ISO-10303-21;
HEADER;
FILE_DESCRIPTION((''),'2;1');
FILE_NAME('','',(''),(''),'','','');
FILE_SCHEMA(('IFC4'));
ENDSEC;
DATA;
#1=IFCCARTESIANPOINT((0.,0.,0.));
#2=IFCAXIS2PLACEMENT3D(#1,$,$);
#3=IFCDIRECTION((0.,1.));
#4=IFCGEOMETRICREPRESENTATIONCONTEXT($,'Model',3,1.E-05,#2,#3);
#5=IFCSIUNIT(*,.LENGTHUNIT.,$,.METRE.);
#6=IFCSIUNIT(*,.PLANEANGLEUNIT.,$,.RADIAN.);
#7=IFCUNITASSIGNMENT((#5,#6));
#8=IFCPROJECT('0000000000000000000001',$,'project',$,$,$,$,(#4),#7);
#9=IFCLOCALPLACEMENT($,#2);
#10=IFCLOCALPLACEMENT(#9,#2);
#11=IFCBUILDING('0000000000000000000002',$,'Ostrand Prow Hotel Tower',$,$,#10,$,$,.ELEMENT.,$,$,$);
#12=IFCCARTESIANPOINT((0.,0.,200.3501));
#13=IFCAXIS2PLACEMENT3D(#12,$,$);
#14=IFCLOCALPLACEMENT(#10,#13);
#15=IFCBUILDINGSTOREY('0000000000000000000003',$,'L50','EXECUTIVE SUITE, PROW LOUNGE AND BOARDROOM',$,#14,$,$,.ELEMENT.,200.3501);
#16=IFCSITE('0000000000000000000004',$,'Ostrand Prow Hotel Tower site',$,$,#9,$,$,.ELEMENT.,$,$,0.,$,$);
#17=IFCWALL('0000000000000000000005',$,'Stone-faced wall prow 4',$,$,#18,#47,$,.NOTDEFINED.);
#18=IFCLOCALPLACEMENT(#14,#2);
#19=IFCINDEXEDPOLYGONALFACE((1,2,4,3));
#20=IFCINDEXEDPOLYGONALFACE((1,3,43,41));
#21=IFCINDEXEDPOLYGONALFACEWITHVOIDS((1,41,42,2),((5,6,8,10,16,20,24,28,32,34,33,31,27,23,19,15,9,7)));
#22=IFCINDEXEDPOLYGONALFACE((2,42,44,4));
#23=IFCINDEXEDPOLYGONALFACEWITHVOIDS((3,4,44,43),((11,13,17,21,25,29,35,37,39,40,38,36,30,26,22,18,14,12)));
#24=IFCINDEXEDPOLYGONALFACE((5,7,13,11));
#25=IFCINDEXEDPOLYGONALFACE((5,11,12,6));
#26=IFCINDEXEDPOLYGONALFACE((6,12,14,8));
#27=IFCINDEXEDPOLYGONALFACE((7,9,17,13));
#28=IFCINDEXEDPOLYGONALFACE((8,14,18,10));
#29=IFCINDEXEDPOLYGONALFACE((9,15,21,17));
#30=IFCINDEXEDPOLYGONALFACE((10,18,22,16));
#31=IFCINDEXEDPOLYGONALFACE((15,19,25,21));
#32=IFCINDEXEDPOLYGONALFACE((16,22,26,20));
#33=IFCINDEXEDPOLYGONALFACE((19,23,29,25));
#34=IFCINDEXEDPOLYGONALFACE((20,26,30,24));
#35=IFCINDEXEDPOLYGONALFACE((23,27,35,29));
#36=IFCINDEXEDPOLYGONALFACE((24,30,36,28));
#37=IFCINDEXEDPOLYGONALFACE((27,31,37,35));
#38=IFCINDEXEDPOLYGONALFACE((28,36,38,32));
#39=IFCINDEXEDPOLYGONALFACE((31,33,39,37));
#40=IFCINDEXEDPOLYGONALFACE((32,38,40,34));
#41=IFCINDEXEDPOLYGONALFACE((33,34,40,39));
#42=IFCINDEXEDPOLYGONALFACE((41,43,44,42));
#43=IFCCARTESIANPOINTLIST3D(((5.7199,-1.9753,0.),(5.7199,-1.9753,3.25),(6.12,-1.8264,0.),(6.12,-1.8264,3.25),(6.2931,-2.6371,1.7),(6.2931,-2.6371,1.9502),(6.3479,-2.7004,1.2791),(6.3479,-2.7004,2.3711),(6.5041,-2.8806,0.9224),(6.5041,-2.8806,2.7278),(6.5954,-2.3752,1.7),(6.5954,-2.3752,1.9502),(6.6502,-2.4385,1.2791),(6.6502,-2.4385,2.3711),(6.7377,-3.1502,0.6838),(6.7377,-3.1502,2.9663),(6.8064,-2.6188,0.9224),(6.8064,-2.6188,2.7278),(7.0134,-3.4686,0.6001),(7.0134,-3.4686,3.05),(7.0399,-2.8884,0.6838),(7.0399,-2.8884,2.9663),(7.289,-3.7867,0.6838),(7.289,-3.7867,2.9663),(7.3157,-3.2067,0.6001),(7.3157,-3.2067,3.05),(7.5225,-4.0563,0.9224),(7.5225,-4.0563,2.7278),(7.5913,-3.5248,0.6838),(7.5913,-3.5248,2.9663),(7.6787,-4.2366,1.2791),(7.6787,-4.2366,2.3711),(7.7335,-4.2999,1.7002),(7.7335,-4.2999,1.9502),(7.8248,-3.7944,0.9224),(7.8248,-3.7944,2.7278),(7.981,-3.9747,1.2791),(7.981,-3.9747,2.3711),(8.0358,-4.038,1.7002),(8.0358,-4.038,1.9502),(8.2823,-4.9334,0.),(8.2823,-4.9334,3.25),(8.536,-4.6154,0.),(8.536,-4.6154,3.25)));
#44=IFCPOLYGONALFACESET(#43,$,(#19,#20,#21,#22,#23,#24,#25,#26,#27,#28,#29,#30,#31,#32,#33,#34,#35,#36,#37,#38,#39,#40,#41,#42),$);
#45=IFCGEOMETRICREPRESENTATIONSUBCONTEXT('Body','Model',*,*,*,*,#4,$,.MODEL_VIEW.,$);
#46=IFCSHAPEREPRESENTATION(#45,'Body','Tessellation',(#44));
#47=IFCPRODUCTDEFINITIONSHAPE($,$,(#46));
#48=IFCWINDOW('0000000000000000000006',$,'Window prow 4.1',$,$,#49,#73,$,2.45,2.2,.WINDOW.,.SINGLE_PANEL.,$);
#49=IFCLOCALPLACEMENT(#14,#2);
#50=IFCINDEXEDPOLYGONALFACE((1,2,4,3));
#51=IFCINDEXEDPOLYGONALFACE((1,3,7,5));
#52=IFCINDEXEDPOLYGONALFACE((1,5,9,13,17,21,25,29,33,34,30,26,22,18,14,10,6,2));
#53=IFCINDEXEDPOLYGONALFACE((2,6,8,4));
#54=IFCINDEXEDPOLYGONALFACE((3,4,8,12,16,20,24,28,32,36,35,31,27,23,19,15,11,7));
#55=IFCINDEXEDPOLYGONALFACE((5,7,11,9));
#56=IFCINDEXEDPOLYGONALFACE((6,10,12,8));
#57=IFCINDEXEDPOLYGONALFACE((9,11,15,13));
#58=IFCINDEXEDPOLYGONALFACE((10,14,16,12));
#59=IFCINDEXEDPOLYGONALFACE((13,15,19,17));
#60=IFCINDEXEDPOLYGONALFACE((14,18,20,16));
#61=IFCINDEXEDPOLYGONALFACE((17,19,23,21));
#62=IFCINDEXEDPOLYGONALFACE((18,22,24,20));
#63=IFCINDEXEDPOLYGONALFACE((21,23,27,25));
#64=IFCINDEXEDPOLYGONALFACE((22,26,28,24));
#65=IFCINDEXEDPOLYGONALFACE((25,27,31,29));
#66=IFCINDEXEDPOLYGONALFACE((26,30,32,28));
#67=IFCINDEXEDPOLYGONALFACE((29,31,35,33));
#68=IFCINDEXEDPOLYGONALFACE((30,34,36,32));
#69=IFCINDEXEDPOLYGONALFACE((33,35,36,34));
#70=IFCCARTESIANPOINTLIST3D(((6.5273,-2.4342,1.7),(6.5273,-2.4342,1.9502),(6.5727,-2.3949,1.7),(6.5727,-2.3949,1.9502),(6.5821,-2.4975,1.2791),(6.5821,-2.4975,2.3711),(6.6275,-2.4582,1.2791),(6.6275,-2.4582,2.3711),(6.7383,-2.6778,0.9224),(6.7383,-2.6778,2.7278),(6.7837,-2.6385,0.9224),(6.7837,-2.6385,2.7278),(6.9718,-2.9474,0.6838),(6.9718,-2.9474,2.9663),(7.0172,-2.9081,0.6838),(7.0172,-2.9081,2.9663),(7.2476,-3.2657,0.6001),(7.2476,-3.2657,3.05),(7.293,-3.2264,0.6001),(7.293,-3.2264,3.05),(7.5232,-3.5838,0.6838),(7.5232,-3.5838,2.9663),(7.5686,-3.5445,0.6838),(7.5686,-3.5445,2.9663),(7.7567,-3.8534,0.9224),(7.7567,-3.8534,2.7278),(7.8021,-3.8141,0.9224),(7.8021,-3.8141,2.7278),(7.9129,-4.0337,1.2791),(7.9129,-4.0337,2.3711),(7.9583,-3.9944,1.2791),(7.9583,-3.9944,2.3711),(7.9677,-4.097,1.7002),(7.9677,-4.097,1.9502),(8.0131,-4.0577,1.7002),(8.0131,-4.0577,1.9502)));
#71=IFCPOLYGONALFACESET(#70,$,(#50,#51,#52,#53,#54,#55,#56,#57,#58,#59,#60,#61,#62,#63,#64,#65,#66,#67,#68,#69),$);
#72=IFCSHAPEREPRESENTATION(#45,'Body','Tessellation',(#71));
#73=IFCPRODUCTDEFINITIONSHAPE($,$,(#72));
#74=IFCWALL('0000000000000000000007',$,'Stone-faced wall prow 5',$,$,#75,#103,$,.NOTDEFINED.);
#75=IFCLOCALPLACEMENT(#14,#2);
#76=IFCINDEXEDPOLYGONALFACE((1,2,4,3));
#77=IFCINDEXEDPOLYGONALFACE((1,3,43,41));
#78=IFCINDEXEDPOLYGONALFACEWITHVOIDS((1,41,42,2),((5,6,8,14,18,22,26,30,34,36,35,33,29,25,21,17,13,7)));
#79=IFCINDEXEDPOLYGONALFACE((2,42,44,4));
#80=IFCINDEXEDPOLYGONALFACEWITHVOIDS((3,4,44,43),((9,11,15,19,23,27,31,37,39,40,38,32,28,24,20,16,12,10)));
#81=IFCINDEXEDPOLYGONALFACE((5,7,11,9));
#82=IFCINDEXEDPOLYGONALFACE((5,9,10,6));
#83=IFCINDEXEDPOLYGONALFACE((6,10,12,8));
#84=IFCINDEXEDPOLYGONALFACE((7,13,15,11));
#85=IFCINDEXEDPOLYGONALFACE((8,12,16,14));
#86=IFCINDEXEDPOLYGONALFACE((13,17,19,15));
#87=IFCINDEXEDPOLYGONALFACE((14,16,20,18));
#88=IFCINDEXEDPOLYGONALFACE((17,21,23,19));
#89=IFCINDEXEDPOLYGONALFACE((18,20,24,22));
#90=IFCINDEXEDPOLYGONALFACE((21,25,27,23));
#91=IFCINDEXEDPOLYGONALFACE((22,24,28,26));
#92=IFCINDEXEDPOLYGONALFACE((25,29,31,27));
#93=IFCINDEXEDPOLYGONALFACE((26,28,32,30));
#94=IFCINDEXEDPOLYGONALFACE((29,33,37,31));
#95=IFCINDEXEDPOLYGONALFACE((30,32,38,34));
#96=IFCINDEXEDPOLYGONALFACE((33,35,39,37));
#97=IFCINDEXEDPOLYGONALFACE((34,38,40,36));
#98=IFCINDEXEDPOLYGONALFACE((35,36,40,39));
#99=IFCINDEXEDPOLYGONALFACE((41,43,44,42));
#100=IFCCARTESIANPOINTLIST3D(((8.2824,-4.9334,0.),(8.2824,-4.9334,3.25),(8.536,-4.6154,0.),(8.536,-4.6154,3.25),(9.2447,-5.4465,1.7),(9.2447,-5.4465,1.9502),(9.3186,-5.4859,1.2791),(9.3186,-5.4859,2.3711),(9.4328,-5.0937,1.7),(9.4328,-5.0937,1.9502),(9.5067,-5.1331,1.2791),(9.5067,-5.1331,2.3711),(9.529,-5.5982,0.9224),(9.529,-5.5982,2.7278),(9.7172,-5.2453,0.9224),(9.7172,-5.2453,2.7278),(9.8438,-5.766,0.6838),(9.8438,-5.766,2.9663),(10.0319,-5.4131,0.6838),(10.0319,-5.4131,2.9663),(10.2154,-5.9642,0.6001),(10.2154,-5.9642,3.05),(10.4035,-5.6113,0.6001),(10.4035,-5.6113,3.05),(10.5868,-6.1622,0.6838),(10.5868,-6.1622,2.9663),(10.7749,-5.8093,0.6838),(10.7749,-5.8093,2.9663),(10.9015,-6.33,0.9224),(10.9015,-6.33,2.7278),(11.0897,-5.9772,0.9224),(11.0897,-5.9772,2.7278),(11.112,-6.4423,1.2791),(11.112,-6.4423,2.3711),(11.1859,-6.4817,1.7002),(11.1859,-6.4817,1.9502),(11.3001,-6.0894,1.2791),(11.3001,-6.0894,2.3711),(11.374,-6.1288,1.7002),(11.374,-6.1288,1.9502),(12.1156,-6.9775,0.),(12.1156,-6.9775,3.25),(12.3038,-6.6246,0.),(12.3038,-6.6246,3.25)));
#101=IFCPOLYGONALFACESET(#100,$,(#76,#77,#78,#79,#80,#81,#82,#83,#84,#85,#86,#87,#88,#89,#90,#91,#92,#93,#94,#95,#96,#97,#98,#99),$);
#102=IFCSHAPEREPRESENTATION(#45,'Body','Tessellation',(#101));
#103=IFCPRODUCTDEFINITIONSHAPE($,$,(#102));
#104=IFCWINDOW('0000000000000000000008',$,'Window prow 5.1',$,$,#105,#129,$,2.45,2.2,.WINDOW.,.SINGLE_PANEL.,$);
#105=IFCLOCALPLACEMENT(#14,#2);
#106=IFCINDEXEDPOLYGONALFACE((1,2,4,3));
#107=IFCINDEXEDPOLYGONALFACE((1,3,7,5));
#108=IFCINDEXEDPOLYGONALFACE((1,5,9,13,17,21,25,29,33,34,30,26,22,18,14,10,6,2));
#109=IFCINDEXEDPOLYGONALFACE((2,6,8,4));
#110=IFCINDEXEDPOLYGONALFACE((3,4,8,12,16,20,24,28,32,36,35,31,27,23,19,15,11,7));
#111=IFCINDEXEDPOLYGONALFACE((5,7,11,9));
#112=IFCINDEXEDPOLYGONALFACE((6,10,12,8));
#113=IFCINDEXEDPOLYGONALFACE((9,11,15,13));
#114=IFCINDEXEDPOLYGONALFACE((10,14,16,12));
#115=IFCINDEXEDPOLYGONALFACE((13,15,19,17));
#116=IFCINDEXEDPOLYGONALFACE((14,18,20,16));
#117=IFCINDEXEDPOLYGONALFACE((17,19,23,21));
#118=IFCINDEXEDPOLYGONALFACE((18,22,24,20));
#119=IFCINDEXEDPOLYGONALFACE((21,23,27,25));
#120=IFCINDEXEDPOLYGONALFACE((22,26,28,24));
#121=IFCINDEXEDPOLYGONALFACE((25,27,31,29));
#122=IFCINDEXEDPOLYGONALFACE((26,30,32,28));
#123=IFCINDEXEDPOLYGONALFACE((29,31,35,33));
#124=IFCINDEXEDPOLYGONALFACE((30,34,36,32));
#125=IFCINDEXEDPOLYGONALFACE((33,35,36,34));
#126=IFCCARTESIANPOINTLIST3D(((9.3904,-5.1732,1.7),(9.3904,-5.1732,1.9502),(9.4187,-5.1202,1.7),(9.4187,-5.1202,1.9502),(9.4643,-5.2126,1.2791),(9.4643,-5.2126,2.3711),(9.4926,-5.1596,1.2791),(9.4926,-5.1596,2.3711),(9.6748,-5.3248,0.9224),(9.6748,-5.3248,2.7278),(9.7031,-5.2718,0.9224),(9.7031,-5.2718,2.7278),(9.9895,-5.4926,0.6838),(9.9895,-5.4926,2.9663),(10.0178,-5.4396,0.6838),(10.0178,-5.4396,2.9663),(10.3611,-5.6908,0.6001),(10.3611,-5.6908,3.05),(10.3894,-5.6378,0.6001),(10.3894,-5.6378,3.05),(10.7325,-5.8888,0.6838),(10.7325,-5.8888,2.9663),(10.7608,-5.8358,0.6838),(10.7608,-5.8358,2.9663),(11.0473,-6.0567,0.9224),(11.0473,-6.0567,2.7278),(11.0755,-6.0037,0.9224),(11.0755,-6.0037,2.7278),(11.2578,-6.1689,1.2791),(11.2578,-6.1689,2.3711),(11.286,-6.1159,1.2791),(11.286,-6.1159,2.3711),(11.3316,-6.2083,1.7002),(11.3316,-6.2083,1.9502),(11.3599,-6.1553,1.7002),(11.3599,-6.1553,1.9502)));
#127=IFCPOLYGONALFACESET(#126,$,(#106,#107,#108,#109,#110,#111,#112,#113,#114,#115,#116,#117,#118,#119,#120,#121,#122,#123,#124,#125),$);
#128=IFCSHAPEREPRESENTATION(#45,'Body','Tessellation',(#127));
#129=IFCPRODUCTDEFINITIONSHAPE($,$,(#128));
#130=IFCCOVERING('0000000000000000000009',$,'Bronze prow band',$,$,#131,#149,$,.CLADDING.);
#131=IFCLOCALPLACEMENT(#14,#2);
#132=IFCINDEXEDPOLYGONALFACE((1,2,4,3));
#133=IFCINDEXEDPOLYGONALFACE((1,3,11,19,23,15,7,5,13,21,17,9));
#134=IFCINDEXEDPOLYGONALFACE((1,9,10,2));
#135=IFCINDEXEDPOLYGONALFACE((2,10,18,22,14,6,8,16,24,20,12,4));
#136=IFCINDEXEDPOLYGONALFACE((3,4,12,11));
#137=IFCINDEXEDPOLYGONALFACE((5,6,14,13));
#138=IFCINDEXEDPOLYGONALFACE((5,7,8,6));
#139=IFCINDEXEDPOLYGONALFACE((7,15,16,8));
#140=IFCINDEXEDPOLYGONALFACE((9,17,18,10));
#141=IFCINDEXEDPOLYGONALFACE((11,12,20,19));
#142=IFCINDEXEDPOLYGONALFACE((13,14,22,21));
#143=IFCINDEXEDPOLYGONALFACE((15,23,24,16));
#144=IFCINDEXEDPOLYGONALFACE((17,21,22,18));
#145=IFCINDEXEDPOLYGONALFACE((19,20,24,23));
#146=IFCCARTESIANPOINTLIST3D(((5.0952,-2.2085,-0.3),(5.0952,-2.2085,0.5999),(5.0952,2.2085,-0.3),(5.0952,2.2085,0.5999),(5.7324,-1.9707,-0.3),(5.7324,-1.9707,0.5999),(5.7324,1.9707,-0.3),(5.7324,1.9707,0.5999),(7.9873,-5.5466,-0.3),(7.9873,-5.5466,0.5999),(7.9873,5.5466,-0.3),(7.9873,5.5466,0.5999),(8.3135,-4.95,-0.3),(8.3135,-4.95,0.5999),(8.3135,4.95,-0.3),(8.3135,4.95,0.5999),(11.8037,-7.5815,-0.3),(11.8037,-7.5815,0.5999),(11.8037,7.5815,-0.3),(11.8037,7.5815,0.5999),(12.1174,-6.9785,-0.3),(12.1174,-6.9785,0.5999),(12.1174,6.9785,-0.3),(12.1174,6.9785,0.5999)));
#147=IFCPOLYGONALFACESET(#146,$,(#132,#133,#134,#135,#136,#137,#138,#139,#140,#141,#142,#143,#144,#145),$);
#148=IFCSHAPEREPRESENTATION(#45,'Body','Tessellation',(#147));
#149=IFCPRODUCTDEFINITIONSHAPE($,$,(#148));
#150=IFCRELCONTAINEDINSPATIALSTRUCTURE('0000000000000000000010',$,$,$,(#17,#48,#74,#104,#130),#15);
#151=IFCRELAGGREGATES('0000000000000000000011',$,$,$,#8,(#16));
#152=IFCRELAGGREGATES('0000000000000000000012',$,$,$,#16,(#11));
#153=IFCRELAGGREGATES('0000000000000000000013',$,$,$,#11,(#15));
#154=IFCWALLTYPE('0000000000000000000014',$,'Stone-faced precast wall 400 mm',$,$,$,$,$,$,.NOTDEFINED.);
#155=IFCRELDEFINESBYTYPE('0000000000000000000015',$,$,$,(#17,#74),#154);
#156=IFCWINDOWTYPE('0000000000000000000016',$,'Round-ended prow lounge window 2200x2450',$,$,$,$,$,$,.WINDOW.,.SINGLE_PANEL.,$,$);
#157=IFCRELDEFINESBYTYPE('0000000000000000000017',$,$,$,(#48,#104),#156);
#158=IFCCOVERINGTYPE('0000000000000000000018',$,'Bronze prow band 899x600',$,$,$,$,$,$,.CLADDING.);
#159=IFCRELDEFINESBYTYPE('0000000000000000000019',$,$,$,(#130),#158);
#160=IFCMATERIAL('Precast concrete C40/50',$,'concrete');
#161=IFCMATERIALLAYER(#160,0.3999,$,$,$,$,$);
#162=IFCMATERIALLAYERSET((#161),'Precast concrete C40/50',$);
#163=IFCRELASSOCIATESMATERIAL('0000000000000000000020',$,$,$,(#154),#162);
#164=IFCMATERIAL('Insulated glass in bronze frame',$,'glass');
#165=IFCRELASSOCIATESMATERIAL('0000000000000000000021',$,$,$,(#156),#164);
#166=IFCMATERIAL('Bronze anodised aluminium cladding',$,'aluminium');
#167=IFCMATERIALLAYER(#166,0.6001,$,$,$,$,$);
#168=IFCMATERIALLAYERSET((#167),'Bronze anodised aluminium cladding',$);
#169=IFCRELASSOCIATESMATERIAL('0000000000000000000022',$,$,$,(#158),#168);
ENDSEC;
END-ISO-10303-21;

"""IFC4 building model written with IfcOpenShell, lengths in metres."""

from ifc_helpers import new_model, si_unit, direction, frame, origin, place, context, subcontext, project, spatial, polyline, outline, extrude, material, layer, layer_set, type_object, element, fill, save


model = new_model("IFC4")

# Units and contexts
model_context = context("Model", 3, precision=1e-05, world=origin(), true_north=direction((0.0, 1.0)))
body_context = subcontext(model_context, "Body", "Model", "MODEL_VIEW")
ifc_project = project(units=[si_unit("LENGTHUNIT", "METRE"), si_unit("PLANEANGLEUNIT", "RADIAN")], contexts=[model_context])

# Site, building, storey
site_placement = place(None, origin())
site = spatial("IfcSite", under=ifc_project, at=site_placement, Name="Ostrand Prow Hotel Tower site", CompositionType="ELEMENT", RefElevation=0.0)
building_placement = place(site_placement, origin())
building = spatial("IfcBuilding", under=site, at=building_placement, Name="Ostrand Prow Hotel Tower", CompositionType="ELEMENT")
storey_placement = place(building_placement, frame((0.0, 0.0, 200.3501)))
storey = spatial("IfcBuildingStorey", under=building, at=storey_placement, Name="L50", Description="EXECUTIVE SUITE, PROW LOUNGE AND BOARDROOM", CompositionType="ELEMENT", Elevation=200.3501)

# Walls, openings, windows
ifc_material_1 = material(Name="Precast concrete C40/50", Category="concrete")
ifc_layer_1 = layer(ifc_material_1, 0.3999)
ifc_layer_set_1 = layer_set([ifc_layer_1], Name="Precast concrete C40/50")
wall_type = type_object("IfcWallType", Name="Stone-faced precast wall 400 mm", PredefinedType="NOTDEFINED", material=ifc_layer_set_1)
wall_1_placement = place(storey_placement, frame((5.9199, -1.9009, 0.0), z_axis=(0.0, 0.0, 1.0), x_axis=(0.654759, -0.755837, 0.0)))
wall_1 = element("IfcWall", 1, at=wall_1_placement, inside=storey, type_object=wall_type, Name="Stone-faced wall prow 4", PredefinedType="NOTDEFINED", context=body_context, shape_type="SweptSolid", body=[
    extrude(outline(polyline([(-0.0747, -0.2), (3.8389, -0.2), (3.7646, 0.2), (0.0747, 0.2), (-0.0747, -0.2)])), origin(), (0.0, 0.0, 1.0), 3.25),
])
opening_1_placement = place(wall_1_placement, frame((0.8008, 0.0, 0.6001)))
opening_1 = element("IfcOpeningElement", 2, at=opening_1_placement, cuts=wall_1, PredefinedType="OPENING", context=body_context, shape_type="SweptSolid", body=[
    extrude(outline(polyline([(0.0, 1.3501), (0.0837, 1.771), (0.3223, 2.1277), (0.679, 2.3662), (1.1001, 2.45), (1.521, 2.3662), (1.8777, 2.1277), (2.1162, 1.771), (2.2, 1.3501), (2.2, 1.1001), (2.1162, 0.679), (1.8777, 0.3223), (1.521, 0.0837), (1.1001, 0.0), (0.679, 0.0837), (0.3223, 0.3223), (0.0837, 0.679), (0.0, 1.0999), (0.0, 1.3501)])), frame((0.0, 0.21, 0.0), z_axis=(0.0, -1.0, 0.0), x_axis=(1.0, 0.0, 0.0)), (0.0, 0.0, 1.0), 0.4199),
])
ifc_material_2 = material(Name="Insulated glass in bronze frame", Category="glass")
window_type = type_object("IfcWindowType", Name="Round-ended prow lounge window 2200x2450", PartitioningType="SINGLE_PANEL", PredefinedType="WINDOW", material=ifc_material_2)
window_1_placement = place(opening_1_placement, origin())
window_1 = element("IfcWindow", 3, at=window_1_placement, inside=storey, type_object=window_type, Name="Window prow 4.1", OverallHeight=2.45, OverallWidth=2.2, PartitioningType="SINGLE_PANEL", PredefinedType="WINDOW", context=body_context, shape_type="SweptSolid", body=[
    extrude(outline(polyline([(0.0, 1.3501), (0.0837, 1.771), (0.3223, 2.1277), (0.679, 2.3662), (1.1001, 2.45), (1.521, 2.3662), (1.8777, 2.1277), (2.1162, 1.771), (2.2, 1.3501), (2.2, 1.1001), (2.1162, 0.679), (1.8777, 0.3223), (1.521, 0.0837), (1.1001, 0.0), (0.679, 0.0837), (0.3223, 0.3223), (0.0837, 0.679), (0.0, 1.0999), (0.0, 1.3501)])), frame((0.0, 0.1699, 0.0), z_axis=(0.0, -1.0, 0.0), x_axis=(1.0, 0.0, 0.0)), (0.0, 0.0, 1.0), 0.0601),
])
fill(opening_1, window_1)
wall_2_placement = place(storey_placement, frame((8.4092, -4.7744, 0.0), z_axis=(0.0, 0.0, 1.0), x_axis=(0.882386, -0.470526, 0.0)))
wall_2 = element("IfcWall", 4, at=wall_2_placement, inside=storey, type_object=wall_type, Name="Stone-faced wall prow 5", PredefinedType="NOTDEFINED", context=body_context, shape_type="SweptSolid", body=[
    extrude(outline(polyline([(-0.0371, -0.2), (4.3071, -0.2), (4.3071, 0.2), (0.0371, 0.2), (-0.0371, -0.2)])), origin(), (0.0, 0.0, 1.0), 3.25),
])
opening_2_placement = place(wall_2_placement, frame((1.0535, 0.0, 0.6001)))
opening_2 = element("IfcOpeningElement", 5, at=opening_2_placement, cuts=wall_2, PredefinedType="OPENING", context=body_context, shape_type="SweptSolid", body=[
    extrude(outline(polyline([(0.0, 1.3501), (0.0837, 1.771), (0.3223, 2.1277), (0.679, 2.3662), (1.1001, 2.45), (1.521, 2.3662), (1.8777, 2.1277), (2.1162, 1.771), (2.2, 1.3501), (2.2, 1.1001), (2.1162, 0.679), (1.8777, 0.3223), (1.521, 0.0837), (1.1001, 0.0), (0.679, 0.0837), (0.3223, 0.3223), (0.0837, 0.679), (0.0, 1.0999), (0.0, 1.3501)])), frame((0.0, 0.21, 0.0), z_axis=(0.0, -1.0, 0.0), x_axis=(1.0, 0.0, 0.0)), (0.0, 0.0, 1.0), 0.4199),
])
window_2_placement = place(opening_2_placement, origin())
window_2 = element("IfcWindow", 6, at=window_2_placement, inside=storey, type_object=window_type, Name="Window prow 5.1", OverallHeight=2.45, OverallWidth=2.2, PartitioningType="SINGLE_PANEL", PredefinedType="WINDOW", context=body_context, shape_type="SweptSolid", body=[
    extrude(outline(polyline([(0.0, 1.3501), (0.0837, 1.771), (0.3223, 2.1277), (0.679, 2.3662), (1.1001, 2.45), (1.521, 2.3662), (1.8777, 2.1277), (2.1162, 1.771), (2.2, 1.3501), (2.2, 1.1001), (2.1162, 0.679), (1.8777, 0.3223), (1.521, 0.0837), (1.1001, 0.0), (0.679, 0.0837), (0.3223, 0.3223), (0.0837, 0.679), (0.0, 1.0999), (0.0, 1.3501)])), frame((0.0, 0.1699, 0.0), z_axis=(0.0, -1.0, 0.0), x_axis=(1.0, 0.0, 0.0)), (0.0, 0.0, 1.0), 0.0601),
])
fill(opening_2, window_2)

# Covering
ifc_material_3 = material(Name="Bronze anodised aluminium cladding", Category="aluminium")
ifc_layer_2 = layer(ifc_material_3, 0.6001)
ifc_layer_set_2 = layer_set([ifc_layer_2], Name="Bronze anodised aluminium cladding")
covering_type_1 = type_object("IfcCoveringType", Name="Bronze prow band 899x600", PredefinedType="CLADDING", material=ifc_layer_set_2)
covering_1_placement = place(storey_placement, frame((0.0, 0.0, -0.3)))
element("IfcCovering", 7, at=covering_1_placement, inside=storey, type_object=covering_type_1, Name="Bronze prow band", PredefinedType="CLADDING", context=body_context, shape_type="SweptSolid", body=[
    extrude(outline(polyline([(11.8037, 7.5815), (7.9873, 5.5466), (5.0952, 2.2085), (5.0952, -2.2085), (7.9873, -5.5466), (11.8037, -7.5815), (12.1174, -6.9785), (8.3135, -4.95), (5.7324, -1.9707), (5.7324, 1.9707), (8.3135, 4.95), (12.1174, 6.9785), (11.8037, 7.5815)])), origin(), (0.0, 0.0, 1.0), 0.8999),
])

save(model, "model.ifc")
